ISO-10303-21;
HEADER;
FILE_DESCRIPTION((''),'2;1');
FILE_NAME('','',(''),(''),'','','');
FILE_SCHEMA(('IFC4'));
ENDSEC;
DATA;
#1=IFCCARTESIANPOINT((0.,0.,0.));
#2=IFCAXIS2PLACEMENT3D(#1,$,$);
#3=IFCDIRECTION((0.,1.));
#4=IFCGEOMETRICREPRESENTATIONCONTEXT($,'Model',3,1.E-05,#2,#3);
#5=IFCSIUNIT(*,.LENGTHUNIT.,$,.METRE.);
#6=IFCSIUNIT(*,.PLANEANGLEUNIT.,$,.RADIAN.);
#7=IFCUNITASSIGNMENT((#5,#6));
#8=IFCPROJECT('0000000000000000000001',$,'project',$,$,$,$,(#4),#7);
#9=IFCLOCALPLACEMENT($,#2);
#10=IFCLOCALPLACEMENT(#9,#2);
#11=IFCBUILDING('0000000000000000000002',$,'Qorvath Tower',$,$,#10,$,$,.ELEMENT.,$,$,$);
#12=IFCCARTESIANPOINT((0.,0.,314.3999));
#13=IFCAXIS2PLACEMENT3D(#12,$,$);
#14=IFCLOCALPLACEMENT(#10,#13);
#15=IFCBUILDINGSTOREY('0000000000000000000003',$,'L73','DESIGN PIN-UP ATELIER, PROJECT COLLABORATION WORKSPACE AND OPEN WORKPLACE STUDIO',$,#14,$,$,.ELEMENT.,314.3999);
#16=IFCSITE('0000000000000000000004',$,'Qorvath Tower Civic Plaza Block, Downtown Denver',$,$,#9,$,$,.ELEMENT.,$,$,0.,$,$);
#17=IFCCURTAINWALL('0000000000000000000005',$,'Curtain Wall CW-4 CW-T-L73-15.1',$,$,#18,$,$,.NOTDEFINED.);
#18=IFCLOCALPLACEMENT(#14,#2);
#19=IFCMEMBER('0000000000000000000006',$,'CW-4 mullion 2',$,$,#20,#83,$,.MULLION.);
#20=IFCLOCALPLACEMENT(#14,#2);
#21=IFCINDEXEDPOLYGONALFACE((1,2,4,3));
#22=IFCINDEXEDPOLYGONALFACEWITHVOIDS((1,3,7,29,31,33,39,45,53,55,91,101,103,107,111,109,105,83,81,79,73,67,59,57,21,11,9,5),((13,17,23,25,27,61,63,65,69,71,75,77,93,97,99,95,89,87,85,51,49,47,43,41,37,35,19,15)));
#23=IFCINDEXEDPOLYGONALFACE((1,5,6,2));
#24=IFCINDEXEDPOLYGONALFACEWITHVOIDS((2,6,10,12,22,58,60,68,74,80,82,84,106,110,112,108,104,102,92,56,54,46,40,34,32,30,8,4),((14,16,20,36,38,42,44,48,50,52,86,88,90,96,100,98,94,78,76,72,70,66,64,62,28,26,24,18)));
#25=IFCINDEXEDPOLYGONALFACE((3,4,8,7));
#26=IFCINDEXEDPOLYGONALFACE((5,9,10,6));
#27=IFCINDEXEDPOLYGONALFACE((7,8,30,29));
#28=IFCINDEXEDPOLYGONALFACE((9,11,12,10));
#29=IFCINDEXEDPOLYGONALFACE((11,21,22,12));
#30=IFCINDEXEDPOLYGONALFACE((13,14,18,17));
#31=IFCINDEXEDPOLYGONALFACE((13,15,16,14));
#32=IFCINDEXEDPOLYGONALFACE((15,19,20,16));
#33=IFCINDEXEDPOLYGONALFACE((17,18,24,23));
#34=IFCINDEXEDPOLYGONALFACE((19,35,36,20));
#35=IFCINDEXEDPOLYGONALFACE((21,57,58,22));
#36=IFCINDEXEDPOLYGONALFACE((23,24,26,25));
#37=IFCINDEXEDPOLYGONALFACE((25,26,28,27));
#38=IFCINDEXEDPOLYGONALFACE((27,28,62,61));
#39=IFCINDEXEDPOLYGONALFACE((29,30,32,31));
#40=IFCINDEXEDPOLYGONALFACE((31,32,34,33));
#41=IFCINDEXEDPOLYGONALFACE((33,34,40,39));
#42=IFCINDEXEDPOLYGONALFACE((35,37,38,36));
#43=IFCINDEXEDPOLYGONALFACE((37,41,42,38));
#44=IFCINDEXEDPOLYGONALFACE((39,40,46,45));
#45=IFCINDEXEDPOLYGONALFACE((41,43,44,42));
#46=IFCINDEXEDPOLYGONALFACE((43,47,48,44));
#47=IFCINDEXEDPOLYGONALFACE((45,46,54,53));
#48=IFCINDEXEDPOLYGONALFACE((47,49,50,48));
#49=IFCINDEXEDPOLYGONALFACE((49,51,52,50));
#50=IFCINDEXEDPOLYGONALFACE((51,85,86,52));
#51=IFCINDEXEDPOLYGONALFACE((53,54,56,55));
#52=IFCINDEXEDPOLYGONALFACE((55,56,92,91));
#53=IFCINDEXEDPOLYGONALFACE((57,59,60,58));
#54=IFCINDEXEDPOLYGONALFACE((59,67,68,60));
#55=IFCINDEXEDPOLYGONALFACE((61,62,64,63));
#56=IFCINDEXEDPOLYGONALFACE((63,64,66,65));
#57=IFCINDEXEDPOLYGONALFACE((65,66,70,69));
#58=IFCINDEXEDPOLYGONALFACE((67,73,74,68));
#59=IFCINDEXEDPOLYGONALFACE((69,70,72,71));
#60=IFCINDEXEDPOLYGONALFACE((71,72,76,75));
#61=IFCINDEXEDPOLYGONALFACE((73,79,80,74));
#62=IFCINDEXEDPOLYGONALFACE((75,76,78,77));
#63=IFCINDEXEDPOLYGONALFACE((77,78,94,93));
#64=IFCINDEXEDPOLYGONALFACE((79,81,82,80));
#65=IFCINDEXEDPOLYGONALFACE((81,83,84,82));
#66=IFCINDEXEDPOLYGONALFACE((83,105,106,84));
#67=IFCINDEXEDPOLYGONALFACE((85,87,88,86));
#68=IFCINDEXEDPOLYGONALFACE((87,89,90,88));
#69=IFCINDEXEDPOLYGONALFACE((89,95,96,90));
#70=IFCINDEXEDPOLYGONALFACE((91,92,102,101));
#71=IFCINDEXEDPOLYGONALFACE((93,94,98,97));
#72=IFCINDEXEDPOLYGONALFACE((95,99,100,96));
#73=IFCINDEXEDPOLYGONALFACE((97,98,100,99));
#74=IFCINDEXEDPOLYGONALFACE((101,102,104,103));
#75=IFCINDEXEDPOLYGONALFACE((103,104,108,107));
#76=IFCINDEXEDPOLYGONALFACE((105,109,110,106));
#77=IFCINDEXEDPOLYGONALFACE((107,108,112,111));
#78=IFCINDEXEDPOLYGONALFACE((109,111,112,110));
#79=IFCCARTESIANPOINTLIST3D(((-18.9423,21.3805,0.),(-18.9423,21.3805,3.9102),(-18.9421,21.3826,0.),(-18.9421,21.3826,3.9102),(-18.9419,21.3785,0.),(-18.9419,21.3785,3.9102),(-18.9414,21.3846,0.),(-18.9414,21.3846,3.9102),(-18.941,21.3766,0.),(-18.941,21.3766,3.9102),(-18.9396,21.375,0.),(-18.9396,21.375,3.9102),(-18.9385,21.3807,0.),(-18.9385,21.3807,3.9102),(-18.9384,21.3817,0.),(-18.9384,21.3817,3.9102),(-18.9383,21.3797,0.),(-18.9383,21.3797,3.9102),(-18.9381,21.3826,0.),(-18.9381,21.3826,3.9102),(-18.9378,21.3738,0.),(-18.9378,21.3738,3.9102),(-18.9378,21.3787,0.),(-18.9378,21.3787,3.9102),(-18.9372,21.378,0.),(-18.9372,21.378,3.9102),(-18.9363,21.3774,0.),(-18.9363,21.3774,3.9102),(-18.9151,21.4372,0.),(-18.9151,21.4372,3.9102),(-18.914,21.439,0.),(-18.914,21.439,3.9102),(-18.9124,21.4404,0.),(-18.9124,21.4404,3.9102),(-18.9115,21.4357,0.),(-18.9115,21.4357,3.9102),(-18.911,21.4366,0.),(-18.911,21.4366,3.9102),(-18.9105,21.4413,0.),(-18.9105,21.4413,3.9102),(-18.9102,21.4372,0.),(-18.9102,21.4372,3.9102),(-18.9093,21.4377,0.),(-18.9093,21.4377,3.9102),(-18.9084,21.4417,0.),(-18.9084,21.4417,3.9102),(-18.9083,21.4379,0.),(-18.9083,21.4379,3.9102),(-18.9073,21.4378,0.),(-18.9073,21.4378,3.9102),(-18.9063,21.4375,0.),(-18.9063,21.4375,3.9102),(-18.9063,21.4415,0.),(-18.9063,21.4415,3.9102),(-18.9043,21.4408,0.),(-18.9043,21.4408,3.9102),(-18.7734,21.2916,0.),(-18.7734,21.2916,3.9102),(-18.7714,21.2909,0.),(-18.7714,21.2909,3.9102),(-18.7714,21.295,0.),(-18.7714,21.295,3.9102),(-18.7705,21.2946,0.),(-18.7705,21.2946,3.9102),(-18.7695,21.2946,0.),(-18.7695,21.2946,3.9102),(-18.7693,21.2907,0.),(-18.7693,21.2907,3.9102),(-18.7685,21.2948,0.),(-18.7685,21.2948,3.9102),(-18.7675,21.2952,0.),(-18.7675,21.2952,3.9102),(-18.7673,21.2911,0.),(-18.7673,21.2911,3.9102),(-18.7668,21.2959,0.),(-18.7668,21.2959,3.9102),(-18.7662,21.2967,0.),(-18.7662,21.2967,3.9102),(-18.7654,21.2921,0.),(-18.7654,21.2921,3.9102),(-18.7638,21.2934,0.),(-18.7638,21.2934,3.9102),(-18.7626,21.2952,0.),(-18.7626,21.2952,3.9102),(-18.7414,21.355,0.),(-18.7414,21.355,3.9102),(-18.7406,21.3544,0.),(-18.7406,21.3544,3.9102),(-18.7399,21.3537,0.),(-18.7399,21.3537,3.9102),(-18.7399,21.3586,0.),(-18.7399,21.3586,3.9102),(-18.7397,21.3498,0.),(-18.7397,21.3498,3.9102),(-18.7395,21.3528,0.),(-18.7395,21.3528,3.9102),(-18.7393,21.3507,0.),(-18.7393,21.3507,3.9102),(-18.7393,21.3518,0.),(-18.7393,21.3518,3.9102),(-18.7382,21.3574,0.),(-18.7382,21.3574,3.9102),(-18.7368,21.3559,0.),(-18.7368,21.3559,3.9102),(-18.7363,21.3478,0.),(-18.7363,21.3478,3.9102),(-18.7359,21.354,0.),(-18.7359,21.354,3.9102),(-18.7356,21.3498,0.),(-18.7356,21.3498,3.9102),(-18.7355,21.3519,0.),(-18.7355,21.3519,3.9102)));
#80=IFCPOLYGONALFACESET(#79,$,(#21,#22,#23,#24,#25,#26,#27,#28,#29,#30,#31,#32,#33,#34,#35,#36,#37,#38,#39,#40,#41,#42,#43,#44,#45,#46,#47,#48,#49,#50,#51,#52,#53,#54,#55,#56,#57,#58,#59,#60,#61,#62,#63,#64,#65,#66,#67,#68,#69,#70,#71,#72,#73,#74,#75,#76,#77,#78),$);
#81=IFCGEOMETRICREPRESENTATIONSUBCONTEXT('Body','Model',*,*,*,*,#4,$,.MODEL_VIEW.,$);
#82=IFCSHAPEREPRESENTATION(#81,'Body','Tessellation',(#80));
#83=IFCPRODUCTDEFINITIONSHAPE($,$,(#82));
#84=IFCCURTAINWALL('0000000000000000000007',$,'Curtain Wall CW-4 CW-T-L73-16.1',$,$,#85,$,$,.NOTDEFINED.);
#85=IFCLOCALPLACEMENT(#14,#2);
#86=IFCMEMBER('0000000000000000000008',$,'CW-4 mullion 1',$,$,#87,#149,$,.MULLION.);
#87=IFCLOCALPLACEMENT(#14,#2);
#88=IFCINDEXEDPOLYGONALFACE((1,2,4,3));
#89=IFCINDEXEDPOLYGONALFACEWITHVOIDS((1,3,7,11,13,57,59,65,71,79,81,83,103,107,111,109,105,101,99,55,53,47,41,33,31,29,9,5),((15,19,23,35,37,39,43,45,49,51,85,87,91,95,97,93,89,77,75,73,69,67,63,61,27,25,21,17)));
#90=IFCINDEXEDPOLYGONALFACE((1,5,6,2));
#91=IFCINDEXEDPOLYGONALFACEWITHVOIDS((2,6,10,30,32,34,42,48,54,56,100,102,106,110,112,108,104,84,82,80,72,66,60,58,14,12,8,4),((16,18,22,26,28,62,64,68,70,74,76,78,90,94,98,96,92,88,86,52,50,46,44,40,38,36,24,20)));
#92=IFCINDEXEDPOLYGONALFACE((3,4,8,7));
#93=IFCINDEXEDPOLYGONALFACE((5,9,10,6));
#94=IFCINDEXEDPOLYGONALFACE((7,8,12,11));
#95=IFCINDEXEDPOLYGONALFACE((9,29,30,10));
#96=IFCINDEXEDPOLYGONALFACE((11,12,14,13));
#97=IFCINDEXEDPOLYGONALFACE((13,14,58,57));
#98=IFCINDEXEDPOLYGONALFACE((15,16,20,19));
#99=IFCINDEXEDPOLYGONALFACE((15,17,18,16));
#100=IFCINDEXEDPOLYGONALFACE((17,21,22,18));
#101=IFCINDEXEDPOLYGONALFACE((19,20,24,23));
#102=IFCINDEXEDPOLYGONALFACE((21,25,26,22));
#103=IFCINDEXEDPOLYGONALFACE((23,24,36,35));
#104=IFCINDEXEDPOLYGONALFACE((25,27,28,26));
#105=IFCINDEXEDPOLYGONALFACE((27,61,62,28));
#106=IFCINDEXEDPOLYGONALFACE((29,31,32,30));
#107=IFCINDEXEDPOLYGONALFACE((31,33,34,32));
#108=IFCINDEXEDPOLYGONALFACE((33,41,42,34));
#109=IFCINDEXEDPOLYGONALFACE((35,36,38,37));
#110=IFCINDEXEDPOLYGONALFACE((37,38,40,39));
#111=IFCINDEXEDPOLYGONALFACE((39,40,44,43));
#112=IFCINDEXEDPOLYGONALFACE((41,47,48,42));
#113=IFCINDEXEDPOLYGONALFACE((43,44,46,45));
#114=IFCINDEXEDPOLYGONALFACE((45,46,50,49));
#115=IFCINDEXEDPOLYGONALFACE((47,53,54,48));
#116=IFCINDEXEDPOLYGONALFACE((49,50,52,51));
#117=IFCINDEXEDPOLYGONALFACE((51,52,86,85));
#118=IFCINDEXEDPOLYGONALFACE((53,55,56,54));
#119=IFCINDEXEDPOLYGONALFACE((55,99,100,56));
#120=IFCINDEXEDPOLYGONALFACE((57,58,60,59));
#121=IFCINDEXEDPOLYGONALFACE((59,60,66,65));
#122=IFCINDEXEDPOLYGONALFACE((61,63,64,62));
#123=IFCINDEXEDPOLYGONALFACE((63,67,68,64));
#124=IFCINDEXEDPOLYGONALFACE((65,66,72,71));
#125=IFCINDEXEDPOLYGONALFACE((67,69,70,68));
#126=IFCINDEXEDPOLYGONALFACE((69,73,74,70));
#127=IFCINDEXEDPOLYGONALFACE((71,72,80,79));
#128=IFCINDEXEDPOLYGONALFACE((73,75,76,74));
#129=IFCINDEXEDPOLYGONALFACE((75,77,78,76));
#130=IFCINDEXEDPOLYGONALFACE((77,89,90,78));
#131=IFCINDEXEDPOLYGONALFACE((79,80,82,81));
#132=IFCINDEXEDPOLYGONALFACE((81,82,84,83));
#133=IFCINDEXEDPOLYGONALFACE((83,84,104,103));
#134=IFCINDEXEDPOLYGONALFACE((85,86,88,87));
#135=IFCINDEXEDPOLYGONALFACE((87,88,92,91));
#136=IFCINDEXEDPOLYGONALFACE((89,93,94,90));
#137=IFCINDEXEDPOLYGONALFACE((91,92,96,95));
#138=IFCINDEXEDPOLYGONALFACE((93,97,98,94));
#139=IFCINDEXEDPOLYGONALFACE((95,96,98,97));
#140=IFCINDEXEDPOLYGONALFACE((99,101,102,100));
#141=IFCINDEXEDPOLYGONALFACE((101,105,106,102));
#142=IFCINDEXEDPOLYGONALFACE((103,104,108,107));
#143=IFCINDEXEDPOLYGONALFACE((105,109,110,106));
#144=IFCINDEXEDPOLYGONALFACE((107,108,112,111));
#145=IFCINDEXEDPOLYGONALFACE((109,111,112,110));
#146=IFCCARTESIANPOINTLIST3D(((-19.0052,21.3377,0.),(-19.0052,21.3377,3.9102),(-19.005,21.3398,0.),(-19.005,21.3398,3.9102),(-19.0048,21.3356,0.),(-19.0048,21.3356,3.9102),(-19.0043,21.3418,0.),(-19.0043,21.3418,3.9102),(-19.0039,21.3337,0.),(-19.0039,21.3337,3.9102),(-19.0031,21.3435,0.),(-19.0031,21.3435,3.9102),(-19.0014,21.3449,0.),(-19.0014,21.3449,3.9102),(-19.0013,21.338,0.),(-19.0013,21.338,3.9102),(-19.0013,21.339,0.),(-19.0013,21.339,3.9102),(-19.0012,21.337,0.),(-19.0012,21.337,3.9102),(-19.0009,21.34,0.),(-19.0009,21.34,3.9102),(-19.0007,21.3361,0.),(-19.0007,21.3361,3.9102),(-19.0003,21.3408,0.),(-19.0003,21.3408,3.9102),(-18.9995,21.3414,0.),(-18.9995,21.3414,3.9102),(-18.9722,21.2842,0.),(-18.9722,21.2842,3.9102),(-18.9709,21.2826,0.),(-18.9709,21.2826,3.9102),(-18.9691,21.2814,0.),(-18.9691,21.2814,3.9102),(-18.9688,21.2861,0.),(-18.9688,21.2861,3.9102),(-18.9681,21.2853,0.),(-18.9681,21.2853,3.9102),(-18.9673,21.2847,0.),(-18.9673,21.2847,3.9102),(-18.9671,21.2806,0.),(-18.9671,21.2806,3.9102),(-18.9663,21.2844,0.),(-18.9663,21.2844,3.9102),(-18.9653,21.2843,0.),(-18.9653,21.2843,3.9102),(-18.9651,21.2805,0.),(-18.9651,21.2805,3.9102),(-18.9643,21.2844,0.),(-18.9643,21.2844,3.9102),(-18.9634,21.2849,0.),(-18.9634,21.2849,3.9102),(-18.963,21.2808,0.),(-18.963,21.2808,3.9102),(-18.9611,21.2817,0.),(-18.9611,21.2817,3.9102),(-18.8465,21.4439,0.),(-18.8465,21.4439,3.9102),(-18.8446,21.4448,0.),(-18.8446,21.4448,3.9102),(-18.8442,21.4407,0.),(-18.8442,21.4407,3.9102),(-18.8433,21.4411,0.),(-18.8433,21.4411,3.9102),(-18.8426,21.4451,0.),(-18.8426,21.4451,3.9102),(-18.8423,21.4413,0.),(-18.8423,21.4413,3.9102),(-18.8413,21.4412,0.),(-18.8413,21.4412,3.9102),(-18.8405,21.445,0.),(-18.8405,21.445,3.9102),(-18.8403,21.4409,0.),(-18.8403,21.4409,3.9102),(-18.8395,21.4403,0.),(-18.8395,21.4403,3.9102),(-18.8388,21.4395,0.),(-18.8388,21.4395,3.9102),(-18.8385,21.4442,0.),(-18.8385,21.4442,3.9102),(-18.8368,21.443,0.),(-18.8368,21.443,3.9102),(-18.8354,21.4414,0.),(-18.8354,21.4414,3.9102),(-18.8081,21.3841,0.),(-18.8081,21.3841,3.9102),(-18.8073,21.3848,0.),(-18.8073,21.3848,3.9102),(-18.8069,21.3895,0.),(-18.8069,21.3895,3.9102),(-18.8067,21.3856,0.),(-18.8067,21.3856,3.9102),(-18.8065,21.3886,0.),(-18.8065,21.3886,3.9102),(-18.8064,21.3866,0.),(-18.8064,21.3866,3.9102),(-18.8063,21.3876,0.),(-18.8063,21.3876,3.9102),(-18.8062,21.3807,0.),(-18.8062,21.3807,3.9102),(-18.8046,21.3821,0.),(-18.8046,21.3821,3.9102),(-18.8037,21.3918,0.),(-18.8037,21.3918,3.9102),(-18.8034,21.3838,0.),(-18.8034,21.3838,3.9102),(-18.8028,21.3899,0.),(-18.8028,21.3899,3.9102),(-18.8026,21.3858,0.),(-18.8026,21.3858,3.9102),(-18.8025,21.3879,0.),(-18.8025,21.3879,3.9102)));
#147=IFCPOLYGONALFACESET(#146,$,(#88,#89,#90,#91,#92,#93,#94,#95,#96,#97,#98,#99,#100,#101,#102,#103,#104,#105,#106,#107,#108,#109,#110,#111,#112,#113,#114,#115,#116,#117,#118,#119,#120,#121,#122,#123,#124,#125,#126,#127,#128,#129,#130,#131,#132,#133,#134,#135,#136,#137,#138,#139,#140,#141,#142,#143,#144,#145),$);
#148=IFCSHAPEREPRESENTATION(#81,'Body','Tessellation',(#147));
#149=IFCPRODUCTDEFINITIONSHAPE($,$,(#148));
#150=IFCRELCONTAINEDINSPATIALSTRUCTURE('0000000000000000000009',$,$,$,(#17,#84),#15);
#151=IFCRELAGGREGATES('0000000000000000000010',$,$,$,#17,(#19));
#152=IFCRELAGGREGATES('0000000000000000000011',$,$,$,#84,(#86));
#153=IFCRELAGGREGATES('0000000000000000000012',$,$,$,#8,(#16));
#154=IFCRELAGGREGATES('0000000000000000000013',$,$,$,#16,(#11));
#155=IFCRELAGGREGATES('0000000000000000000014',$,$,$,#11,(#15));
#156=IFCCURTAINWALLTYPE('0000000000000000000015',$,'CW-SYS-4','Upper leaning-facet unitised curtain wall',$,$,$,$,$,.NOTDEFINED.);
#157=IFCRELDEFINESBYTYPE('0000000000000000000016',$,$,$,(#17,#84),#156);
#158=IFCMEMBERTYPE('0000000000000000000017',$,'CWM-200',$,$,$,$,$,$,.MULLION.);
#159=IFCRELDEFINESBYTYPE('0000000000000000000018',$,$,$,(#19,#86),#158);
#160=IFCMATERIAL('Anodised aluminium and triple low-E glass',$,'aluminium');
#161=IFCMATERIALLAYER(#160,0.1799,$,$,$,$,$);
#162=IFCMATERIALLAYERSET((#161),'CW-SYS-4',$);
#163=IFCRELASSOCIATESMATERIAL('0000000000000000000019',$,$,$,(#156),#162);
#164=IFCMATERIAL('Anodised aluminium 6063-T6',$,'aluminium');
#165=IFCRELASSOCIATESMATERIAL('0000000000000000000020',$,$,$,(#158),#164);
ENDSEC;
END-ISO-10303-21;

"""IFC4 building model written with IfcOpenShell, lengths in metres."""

from ifc_helpers import new_model, si_unit, direction, frame, origin, origin_2d, place, context, subcontext, project, spatial, hollow_rectangle, extrude, material, layer, layer_set, material_profile, profile_set, type_object, element, aggregate, save


model = new_model("IFC4")

# Units and contexts
model_context = context("Model", 3, precision=1e-05, world=origin(), true_north=direction((0.0, 1.0)))
body_context = subcontext(model_context, "Body", "Model", "MODEL_VIEW")
ifc_project = project(units=[si_unit("LENGTHUNIT", "METRE"), si_unit("PLANEANGLEUNIT", "RADIAN")], contexts=[model_context])

# Site, building, storey
site_placement = place(None, origin())
site = spatial("IfcSite", under=ifc_project, at=site_placement, Name="Qorvath Tower Civic Plaza Block, Downtown Denver", CompositionType="ELEMENT", RefElevation=0.0)
building_placement = place(site_placement, origin())
building = spatial("IfcBuilding", under=site, at=building_placement, Name="Qorvath Tower", CompositionType="ELEMENT")
storey_placement = place(building_placement, frame((0.0, 0.0, 314.3999)))
storey = spatial("IfcBuildingStorey", under=building, at=storey_placement, Name="L73", Description="DESIGN PIN-UP ATELIER, PROJECT COLLABORATION WORKSPACE AND OPEN WORKPLACE STUDIO", CompositionType="ELEMENT", Elevation=314.3999)

# Shared definitions
ifc_material_1 = material(Name="Anodised aluminium and triple low-E glass", Category="aluminium")
ifc_layer_1 = layer(ifc_material_1, 0.1799)
ifc_layer_set_1 = layer_set([ifc_layer_1], Name="CW-SYS-4")
curtain_wall_type = type_object("IfcCurtainWallType", Name="CW-SYS-4", Description="Upper leaning-facet unitised curtain wall", PredefinedType="NOTDEFINED", material=ifc_layer_set_1)
ifc_material_2 = material(Name="Anodised aluminium 6063-T6", Category="aluminium")
ifc_material_profile_1 = material_profile(ifc_material_2, hollow_rectangle(XDim=0.075, YDim=0.2, WallThickness=0.0039, InnerFilletRadius=0.0039, OuterFilletRadius=0.0081, at=origin_2d()), Name="CWM 200x75")
ifc_profile_set_1 = profile_set([ifc_material_profile_1], Name="Anodised aluminium 6063-T6")
member_type_1 = type_object("IfcMemberType", Name="CWM-200", PredefinedType="MULLION", material=ifc_profile_set_1)

# Curtain wall, member
curtain_wall_1_placement = place(storey_placement, origin())
curtain_wall_1 = element("IfcCurtainWall", 1, at=curtain_wall_1_placement, inside=storey, type_object=curtain_wall_type, Name="Curtain Wall CW-4 CW-T-L73-15.1", PredefinedType="NOTDEFINED")
member_1_placement = place(storey_placement, frame((-18.8389, 21.3662, 0.0), z_axis=(0.0, 0.0, 1.0), x_axis=(-0.447225, -0.894421, 0.0)))
member_1 = element("IfcMember", 2, at=member_1_placement, type_object=member_type_1, Name="CW-4 mullion 2", PredefinedType="MULLION", context=body_context, shape_type="SweptSolid", body=[
    extrude(hollow_rectangle(XDim=0.075, YDim=0.2, WallThickness=0.0039, InnerFilletRadius=0.0039, OuterFilletRadius=0.0081, at=origin_2d()), origin(), (0.0, 0.0, 1.0), 3.9102),
])

# Curtain wall, member
curtain_wall_2_placement = place(storey_placement, origin())
curtain_wall_2 = element("IfcCurtainWall", 3, at=curtain_wall_2_placement, inside=storey, type_object=curtain_wall_type, Name="Curtain Wall CW-4 CW-T-L73-16.1", PredefinedType="NOTDEFINED")
member_2_placement = place(storey_placement, frame((-18.9038, 21.3628, 0.0), z_axis=(0.0, 0.0, 1.0), x_axis=(0.538536, -0.842602, 0.0)))
member_2 = element("IfcMember", 4, at=member_2_placement, type_object=member_type_1, Name="CW-4 mullion 1", PredefinedType="MULLION", context=body_context, shape_type="SweptSolid", body=[
    extrude(hollow_rectangle(XDim=0.075, YDim=0.2, WallThickness=0.0039, InnerFilletRadius=0.0039, OuterFilletRadius=0.0081, at=origin_2d()), origin(), (0.0, 0.0, 1.0), 3.9102),
])

aggregate(curtain_wall_1, [member_1])
aggregate(curtain_wall_2, [member_2])

save(model, "model.ifc")
